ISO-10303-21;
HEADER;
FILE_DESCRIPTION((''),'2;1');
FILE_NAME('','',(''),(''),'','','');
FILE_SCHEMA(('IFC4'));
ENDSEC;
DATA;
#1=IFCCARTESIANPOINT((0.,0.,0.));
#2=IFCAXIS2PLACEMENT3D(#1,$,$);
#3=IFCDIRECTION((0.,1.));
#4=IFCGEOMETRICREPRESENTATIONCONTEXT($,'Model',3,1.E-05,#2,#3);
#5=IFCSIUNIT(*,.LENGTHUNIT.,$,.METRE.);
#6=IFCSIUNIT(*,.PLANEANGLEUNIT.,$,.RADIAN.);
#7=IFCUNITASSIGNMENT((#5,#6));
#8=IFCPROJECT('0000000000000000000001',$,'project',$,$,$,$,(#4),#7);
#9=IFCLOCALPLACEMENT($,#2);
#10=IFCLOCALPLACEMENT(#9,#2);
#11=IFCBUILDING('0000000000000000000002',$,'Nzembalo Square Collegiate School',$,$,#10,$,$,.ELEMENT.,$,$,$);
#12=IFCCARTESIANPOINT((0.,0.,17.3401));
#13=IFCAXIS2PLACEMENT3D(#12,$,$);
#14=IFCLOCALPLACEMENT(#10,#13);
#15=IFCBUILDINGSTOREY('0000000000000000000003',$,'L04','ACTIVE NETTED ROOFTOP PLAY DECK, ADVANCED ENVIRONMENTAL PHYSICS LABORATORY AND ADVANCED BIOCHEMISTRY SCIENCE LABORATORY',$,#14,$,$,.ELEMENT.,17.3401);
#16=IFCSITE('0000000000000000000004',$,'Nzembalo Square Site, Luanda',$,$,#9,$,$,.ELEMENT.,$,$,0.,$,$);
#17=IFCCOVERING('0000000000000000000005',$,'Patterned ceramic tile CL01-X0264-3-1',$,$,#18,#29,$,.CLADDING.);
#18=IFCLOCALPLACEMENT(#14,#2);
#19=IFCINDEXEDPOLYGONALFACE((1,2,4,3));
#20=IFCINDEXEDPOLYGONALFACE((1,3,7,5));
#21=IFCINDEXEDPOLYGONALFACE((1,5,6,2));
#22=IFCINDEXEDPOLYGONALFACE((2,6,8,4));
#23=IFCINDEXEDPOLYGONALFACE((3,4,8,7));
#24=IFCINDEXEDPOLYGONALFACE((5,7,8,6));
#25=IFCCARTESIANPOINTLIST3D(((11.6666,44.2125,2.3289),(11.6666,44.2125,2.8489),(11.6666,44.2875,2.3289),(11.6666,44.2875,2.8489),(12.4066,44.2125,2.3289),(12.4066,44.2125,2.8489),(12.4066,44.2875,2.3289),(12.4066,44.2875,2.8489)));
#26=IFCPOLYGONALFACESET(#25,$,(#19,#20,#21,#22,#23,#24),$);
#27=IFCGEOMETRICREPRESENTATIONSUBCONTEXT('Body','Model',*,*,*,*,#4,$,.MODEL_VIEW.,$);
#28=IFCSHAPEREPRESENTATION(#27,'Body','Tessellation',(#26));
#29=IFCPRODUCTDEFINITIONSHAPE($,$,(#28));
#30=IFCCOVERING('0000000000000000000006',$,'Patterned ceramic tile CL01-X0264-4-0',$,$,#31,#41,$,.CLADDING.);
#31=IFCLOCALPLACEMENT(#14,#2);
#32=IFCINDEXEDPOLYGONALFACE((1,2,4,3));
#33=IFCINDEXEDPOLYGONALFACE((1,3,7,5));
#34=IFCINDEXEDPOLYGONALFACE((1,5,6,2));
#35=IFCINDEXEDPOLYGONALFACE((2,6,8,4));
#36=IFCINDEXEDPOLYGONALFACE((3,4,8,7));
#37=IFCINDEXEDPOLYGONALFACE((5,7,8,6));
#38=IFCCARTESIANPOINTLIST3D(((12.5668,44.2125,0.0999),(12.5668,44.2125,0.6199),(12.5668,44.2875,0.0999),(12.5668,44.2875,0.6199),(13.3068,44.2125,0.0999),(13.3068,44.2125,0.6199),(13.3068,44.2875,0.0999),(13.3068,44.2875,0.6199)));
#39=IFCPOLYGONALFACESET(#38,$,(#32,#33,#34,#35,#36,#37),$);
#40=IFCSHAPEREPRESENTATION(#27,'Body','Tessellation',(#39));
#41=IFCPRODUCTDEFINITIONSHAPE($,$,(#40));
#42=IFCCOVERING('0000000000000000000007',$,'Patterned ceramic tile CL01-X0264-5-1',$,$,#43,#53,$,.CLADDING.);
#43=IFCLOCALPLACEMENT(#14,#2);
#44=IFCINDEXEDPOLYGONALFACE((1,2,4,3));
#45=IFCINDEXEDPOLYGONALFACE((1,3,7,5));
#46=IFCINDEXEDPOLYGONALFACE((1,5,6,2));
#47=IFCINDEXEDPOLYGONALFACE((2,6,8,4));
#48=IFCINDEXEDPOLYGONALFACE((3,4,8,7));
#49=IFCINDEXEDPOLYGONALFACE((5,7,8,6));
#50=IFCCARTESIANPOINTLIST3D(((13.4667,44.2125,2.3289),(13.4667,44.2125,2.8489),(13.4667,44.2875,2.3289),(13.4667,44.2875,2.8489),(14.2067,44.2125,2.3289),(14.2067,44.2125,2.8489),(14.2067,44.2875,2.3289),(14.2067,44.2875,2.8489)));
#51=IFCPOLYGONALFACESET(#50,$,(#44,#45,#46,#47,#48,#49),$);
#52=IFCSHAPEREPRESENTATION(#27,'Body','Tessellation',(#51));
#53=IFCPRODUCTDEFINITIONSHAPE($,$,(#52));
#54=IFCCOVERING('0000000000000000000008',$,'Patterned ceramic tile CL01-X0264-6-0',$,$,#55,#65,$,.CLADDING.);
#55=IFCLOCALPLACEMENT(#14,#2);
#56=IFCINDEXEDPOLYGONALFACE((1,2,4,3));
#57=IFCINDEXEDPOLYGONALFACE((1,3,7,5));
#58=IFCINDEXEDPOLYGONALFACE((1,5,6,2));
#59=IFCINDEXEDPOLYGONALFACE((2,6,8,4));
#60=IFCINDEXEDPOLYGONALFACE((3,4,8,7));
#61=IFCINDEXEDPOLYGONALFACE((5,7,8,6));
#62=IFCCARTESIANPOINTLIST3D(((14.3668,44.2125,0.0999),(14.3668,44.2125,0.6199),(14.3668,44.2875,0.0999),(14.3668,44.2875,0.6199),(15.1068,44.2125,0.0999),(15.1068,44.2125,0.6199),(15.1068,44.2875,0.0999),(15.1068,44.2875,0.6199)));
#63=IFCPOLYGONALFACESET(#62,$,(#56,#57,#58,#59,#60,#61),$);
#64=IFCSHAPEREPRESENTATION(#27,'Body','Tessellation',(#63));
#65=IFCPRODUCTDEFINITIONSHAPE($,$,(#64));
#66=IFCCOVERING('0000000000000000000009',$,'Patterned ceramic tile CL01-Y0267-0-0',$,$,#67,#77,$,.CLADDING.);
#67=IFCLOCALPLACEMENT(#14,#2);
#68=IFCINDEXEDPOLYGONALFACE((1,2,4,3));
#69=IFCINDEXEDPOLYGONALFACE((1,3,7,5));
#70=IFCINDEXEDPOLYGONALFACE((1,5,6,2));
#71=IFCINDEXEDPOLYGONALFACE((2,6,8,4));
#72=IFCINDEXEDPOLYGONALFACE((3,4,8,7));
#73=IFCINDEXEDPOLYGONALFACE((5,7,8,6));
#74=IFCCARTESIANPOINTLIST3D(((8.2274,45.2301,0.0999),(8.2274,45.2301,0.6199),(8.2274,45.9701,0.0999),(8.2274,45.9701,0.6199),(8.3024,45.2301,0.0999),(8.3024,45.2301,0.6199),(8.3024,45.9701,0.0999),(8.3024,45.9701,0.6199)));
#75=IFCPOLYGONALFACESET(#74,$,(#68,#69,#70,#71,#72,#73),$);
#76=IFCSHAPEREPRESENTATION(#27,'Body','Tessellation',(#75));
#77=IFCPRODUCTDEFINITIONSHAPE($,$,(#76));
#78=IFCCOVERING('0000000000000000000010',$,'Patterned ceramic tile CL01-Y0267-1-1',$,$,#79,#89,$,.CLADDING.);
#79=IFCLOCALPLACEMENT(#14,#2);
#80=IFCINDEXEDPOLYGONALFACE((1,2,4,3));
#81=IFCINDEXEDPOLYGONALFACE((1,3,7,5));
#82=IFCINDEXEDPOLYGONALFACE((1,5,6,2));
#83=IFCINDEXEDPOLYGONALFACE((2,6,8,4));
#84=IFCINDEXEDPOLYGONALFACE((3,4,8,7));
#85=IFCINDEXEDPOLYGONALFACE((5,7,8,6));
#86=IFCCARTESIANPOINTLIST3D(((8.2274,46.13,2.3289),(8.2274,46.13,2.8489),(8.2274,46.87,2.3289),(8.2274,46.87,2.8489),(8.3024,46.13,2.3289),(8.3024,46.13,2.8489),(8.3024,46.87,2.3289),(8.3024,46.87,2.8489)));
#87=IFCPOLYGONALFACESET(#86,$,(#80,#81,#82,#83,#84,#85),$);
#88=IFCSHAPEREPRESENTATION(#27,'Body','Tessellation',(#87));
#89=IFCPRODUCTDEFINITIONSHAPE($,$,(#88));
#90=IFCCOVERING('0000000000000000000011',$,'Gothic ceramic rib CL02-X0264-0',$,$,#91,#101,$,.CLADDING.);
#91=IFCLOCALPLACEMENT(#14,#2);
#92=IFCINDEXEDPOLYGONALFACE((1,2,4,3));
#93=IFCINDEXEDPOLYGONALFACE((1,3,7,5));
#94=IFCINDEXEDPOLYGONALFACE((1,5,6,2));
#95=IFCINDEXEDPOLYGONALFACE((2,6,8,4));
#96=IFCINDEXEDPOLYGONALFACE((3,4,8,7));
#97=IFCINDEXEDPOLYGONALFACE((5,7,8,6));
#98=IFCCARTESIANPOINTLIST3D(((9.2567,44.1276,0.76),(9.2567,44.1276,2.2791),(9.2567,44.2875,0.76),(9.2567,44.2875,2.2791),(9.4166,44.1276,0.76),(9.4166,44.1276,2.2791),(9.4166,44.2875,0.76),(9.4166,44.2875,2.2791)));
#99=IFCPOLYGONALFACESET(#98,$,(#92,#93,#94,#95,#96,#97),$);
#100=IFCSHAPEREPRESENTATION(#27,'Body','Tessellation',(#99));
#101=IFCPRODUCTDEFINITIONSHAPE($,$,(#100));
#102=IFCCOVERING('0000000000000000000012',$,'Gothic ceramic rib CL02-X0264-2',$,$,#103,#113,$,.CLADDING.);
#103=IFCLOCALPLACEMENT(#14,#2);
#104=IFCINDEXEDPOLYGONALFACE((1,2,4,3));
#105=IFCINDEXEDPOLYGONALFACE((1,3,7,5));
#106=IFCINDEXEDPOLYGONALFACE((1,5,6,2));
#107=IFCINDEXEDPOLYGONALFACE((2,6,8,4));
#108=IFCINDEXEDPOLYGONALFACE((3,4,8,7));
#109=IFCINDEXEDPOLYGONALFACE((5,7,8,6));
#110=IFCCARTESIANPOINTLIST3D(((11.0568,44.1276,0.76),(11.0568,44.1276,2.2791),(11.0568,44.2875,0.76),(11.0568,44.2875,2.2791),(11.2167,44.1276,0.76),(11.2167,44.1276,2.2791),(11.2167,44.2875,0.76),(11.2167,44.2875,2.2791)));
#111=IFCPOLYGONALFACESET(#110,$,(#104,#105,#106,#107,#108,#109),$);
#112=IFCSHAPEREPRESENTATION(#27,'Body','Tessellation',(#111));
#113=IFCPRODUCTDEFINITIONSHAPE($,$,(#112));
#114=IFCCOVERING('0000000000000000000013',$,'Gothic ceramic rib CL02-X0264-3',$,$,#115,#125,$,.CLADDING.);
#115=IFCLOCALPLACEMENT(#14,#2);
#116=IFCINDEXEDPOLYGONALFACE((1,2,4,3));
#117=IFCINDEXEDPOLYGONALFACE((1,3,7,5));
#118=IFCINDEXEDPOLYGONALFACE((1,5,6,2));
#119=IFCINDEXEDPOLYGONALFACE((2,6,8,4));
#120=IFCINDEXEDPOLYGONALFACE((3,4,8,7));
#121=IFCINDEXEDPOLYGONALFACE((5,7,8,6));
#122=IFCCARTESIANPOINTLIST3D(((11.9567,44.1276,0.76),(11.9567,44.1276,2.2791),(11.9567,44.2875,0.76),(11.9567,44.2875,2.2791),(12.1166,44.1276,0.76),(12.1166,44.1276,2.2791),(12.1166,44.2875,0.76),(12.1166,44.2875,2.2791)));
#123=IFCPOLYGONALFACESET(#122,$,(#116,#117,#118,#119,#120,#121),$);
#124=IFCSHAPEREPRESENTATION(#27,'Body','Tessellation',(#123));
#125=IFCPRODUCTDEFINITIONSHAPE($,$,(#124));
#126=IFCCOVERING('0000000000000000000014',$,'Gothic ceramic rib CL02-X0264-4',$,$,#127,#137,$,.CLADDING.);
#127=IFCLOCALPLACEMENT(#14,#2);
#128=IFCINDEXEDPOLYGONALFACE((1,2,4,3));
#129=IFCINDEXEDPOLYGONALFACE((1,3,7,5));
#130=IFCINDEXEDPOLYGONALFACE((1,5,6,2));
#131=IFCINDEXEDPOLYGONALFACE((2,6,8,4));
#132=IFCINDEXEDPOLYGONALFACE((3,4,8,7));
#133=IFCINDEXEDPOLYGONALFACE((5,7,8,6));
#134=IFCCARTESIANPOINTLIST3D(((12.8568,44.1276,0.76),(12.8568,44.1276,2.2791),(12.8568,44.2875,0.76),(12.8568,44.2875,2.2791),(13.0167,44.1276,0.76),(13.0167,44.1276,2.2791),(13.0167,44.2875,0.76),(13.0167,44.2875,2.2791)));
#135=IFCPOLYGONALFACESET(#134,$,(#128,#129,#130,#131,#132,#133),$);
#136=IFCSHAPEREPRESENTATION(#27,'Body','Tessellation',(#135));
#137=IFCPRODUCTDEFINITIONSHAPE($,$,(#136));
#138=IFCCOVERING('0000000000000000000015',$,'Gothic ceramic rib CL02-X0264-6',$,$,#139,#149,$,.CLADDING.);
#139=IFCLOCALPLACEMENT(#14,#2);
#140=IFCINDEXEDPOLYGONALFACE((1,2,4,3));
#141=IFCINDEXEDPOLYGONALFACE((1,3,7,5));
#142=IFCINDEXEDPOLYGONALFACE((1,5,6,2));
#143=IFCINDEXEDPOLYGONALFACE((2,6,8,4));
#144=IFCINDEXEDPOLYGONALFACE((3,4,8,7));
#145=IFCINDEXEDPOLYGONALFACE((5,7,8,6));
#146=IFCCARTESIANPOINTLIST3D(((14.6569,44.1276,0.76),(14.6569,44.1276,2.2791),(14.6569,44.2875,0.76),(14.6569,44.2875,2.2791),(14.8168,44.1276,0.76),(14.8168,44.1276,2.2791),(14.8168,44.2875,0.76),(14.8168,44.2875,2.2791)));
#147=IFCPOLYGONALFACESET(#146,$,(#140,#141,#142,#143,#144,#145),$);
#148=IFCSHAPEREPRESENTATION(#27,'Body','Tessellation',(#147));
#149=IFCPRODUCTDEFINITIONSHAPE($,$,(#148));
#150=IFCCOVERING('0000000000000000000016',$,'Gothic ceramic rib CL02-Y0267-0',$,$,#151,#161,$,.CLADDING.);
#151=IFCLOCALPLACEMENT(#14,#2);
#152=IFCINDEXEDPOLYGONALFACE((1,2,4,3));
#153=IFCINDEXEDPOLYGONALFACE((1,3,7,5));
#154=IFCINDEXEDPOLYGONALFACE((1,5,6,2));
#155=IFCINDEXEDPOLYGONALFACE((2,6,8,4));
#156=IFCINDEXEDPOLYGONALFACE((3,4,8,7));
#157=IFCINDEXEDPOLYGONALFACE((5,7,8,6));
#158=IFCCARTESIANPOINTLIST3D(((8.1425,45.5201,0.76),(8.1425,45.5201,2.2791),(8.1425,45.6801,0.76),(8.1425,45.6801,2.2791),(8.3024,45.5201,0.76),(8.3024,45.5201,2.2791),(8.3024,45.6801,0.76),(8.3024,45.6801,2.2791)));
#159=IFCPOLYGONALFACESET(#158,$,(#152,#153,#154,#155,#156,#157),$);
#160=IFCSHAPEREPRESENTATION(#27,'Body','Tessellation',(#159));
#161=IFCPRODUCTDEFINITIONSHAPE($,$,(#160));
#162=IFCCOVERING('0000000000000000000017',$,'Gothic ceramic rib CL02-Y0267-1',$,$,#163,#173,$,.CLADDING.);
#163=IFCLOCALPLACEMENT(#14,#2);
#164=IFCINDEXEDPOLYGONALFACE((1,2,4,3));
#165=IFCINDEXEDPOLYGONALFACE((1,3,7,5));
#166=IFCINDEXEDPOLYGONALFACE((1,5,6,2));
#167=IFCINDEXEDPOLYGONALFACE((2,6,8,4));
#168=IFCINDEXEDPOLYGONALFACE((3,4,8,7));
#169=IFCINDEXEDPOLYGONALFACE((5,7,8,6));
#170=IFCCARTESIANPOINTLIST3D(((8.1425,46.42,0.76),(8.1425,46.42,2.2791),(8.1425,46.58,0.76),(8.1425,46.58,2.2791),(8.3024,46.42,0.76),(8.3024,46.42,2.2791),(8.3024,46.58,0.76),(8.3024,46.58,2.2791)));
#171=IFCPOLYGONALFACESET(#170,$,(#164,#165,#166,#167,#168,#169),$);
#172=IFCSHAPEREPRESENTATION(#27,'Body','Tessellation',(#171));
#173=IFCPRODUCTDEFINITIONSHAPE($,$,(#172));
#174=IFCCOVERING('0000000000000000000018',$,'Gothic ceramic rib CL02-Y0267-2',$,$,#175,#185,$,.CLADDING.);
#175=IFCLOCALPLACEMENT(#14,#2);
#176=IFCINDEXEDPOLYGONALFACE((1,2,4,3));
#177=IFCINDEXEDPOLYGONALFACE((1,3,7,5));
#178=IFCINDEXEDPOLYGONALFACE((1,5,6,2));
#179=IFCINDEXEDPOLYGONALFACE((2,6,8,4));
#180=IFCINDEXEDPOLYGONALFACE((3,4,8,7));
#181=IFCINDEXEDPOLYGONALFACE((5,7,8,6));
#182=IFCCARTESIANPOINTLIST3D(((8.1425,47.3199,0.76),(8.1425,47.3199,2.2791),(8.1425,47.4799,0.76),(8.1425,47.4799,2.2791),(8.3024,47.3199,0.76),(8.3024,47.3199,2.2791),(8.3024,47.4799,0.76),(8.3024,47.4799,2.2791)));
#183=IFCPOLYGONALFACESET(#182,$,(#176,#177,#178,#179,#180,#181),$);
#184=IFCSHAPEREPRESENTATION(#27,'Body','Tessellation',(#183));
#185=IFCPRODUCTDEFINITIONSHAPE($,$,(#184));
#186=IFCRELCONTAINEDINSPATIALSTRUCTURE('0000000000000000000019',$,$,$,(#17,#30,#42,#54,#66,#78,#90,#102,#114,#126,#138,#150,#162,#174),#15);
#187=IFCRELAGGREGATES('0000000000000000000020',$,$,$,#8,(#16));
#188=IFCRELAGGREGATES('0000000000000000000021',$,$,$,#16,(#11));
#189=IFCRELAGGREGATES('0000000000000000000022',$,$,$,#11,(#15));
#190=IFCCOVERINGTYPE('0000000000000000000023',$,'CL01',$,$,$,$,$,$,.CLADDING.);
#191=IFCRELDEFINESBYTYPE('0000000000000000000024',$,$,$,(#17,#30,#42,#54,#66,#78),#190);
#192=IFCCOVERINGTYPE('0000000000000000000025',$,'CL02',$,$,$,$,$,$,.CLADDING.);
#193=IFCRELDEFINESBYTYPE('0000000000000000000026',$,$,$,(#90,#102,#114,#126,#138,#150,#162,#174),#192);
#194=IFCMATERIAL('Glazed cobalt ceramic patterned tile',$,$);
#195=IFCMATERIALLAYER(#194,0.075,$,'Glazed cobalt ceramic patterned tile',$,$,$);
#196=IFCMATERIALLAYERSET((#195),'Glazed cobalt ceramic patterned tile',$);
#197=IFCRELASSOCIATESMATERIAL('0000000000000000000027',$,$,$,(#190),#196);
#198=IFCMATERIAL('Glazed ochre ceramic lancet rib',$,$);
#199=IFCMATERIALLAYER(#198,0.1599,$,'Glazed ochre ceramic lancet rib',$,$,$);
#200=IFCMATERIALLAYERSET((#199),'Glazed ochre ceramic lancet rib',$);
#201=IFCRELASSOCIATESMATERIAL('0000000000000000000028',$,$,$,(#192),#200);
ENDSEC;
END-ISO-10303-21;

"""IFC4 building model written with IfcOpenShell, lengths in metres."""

from ifc_helpers import new_model, si_unit, direction, frame, origin, origin_2d, place, context, subcontext, project, spatial, rectangle, extrude, material, layer, layer_set, type_object, element, save


model = new_model("IFC4")

# Units and contexts
model_context = context("Model", 3, precision=1e-05, world=origin(), true_north=direction((0.0, 1.0)))
body_context = subcontext(model_context, "Body", "Model", "MODEL_VIEW")
ifc_project = project(units=[si_unit("LENGTHUNIT", "METRE"), si_unit("PLANEANGLEUNIT", "RADIAN")], contexts=[model_context])

# Site, building, storey
site_placement = place(None, origin())
site = spatial("IfcSite", under=ifc_project, at=site_placement, Name="Nzembalo Square Site, Luanda", CompositionType="ELEMENT", RefElevation=0.0)
building_placement = place(site_placement, origin())
building = spatial("IfcBuilding", under=site, at=building_placement, Name="Nzembalo Square Collegiate School", CompositionType="ELEMENT")
storey_placement = place(building_placement, frame((0.0, 0.0, 17.3401)))
storey = spatial("IfcBuildingStorey", under=building, at=storey_placement, Name="L04", Description="ACTIVE NETTED ROOFTOP PLAY DECK, ADVANCED ENVIRONMENTAL PHYSICS LABORATORY AND ADVANCED BIOCHEMISTRY SCIENCE LABORATORY", CompositionType="ELEMENT", Elevation=17.3401)

# Coverings
ifc_material_1 = material(Name="Glazed cobalt ceramic patterned tile")
ifc_layer_1 = layer(ifc_material_1, 0.075, Name="Glazed cobalt ceramic patterned tile")
ifc_layer_set_1 = layer_set([ifc_layer_1], Name="Glazed cobalt ceramic patterned tile")
covering_type_1 = type_object("IfcCoveringType", Name="CL01", PredefinedType="CLADDING", material=ifc_layer_set_1)
for number, where, z_axis, x_axis, name in (
    (1, (12.0366, 44.25, 2.3289), (0.0, 0.0, 1.0), (1.0, 0.0, 0.0), "Patterned ceramic tile CL01-X0264-3-1"),
    (2, (12.9368, 44.25, 0.0999), (0.0, 0.0, 1.0), (1.0, 0.0, 0.0), "Patterned ceramic tile CL01-X0264-4-0"),
    (3, (13.8367, 44.25, 2.3289), (0.0, 0.0, 1.0), (1.0, 0.0, 0.0), "Patterned ceramic tile CL01-X0264-5-1"),
    (4, (14.7368, 44.25, 0.0999), (0.0, 0.0, 1.0), (1.0, 0.0, 0.0), "Patterned ceramic tile CL01-X0264-6-0"),
):
    element("IfcCovering", number, at=place(storey_placement, frame(where, z_axis=z_axis, x_axis=x_axis)), inside=storey, type_object=covering_type_1, Name=name, PredefinedType="CLADDING", context=body_context, shape_type="SweptSolid", body=[
        extrude(rectangle(XDim=0.74, YDim=0.075, at=origin_2d()), origin(), (0.0, 0.0, 1.0), 0.52),
    ])
for number, where, z_axis, x_axis, name in (
    (5, (8.2649, 45.6001, 0.0999), (0.0, 0.0, 1.0), (1.0, 0.0, 0.0), "Patterned ceramic tile CL01-Y0267-0-0"),
    (6, (8.2649, 46.5, 2.3289), (0.0, 0.0, 1.0), (1.0, 0.0, 0.0), "Patterned ceramic tile CL01-Y0267-1-1"),
):
    element("IfcCovering", number, at=place(storey_placement, frame(where, z_axis=z_axis, x_axis=x_axis)), inside=storey, type_object=covering_type_1, Name=name, PredefinedType="CLADDING", context=body_context, shape_type="SweptSolid", body=[
        extrude(rectangle(XDim=0.075, YDim=0.74, at=origin_2d()), origin(), (0.0, 0.0, 1.0), 0.52),
    ])
ifc_material_2 = material(Name="Glazed ochre ceramic lancet rib")
ifc_layer_2 = layer(ifc_material_2, 0.1599, Name="Glazed ochre ceramic lancet rib")
ifc_layer_set_2 = layer_set([ifc_layer_2], Name="Glazed ochre ceramic lancet rib")
covering_type_2 = type_object("IfcCoveringType", Name="CL02", PredefinedType="CLADDING", material=ifc_layer_set_2)
for number, where, z_axis, x_axis, name in (
    (7, (9.3367, 44.2075, 0.76), (0.0, 0.0, 1.0), (1.0, 0.0, 0.0), "Gothic ceramic rib CL02-X0264-0"),
    (8, (11.1367, 44.2075, 0.76), (0.0, 0.0, 1.0), (1.0, 0.0, 0.0), "Gothic ceramic rib CL02-X0264-2"),
    (9, (12.0366, 44.2075, 0.76), (0.0, 0.0, 1.0), (1.0, 0.0, 0.0), "Gothic ceramic rib CL02-X0264-3"),
    (10, (12.9368, 44.2075, 0.76), (0.0, 0.0, 1.0), (1.0, 0.0, 0.0), "Gothic ceramic rib CL02-X0264-4"),
    (11, (14.7368, 44.2075, 0.76), (0.0, 0.0, 1.0), (1.0, 0.0, 0.0), "Gothic ceramic rib CL02-X0264-6"),
    (12, (8.2224, 45.6001, 0.76), (0.0, 0.0, 1.0), (1.0, 0.0, 0.0), "Gothic ceramic rib CL02-Y0267-0"),
    (13, (8.2224, 46.5, 0.76), (0.0, 0.0, 1.0), (1.0, 0.0, 0.0), "Gothic ceramic rib CL02-Y0267-1"),
    (14, (8.2224, 47.3999, 0.76), (0.0, 0.0, 1.0), (1.0, 0.0, 0.0), "Gothic ceramic rib CL02-Y0267-2"),
):
    element("IfcCovering", number, at=place(storey_placement, frame(where, z_axis=z_axis, x_axis=x_axis)), inside=storey, type_object=covering_type_2, Name=name, PredefinedType="CLADDING", context=body_context, shape_type="SweptSolid", body=[
        extrude(rectangle(XDim=0.1599, YDim=0.1599, at=origin_2d()), origin(), (0.0, 0.0, 1.0), 1.519),
    ])

save(model, "model.ifc")
